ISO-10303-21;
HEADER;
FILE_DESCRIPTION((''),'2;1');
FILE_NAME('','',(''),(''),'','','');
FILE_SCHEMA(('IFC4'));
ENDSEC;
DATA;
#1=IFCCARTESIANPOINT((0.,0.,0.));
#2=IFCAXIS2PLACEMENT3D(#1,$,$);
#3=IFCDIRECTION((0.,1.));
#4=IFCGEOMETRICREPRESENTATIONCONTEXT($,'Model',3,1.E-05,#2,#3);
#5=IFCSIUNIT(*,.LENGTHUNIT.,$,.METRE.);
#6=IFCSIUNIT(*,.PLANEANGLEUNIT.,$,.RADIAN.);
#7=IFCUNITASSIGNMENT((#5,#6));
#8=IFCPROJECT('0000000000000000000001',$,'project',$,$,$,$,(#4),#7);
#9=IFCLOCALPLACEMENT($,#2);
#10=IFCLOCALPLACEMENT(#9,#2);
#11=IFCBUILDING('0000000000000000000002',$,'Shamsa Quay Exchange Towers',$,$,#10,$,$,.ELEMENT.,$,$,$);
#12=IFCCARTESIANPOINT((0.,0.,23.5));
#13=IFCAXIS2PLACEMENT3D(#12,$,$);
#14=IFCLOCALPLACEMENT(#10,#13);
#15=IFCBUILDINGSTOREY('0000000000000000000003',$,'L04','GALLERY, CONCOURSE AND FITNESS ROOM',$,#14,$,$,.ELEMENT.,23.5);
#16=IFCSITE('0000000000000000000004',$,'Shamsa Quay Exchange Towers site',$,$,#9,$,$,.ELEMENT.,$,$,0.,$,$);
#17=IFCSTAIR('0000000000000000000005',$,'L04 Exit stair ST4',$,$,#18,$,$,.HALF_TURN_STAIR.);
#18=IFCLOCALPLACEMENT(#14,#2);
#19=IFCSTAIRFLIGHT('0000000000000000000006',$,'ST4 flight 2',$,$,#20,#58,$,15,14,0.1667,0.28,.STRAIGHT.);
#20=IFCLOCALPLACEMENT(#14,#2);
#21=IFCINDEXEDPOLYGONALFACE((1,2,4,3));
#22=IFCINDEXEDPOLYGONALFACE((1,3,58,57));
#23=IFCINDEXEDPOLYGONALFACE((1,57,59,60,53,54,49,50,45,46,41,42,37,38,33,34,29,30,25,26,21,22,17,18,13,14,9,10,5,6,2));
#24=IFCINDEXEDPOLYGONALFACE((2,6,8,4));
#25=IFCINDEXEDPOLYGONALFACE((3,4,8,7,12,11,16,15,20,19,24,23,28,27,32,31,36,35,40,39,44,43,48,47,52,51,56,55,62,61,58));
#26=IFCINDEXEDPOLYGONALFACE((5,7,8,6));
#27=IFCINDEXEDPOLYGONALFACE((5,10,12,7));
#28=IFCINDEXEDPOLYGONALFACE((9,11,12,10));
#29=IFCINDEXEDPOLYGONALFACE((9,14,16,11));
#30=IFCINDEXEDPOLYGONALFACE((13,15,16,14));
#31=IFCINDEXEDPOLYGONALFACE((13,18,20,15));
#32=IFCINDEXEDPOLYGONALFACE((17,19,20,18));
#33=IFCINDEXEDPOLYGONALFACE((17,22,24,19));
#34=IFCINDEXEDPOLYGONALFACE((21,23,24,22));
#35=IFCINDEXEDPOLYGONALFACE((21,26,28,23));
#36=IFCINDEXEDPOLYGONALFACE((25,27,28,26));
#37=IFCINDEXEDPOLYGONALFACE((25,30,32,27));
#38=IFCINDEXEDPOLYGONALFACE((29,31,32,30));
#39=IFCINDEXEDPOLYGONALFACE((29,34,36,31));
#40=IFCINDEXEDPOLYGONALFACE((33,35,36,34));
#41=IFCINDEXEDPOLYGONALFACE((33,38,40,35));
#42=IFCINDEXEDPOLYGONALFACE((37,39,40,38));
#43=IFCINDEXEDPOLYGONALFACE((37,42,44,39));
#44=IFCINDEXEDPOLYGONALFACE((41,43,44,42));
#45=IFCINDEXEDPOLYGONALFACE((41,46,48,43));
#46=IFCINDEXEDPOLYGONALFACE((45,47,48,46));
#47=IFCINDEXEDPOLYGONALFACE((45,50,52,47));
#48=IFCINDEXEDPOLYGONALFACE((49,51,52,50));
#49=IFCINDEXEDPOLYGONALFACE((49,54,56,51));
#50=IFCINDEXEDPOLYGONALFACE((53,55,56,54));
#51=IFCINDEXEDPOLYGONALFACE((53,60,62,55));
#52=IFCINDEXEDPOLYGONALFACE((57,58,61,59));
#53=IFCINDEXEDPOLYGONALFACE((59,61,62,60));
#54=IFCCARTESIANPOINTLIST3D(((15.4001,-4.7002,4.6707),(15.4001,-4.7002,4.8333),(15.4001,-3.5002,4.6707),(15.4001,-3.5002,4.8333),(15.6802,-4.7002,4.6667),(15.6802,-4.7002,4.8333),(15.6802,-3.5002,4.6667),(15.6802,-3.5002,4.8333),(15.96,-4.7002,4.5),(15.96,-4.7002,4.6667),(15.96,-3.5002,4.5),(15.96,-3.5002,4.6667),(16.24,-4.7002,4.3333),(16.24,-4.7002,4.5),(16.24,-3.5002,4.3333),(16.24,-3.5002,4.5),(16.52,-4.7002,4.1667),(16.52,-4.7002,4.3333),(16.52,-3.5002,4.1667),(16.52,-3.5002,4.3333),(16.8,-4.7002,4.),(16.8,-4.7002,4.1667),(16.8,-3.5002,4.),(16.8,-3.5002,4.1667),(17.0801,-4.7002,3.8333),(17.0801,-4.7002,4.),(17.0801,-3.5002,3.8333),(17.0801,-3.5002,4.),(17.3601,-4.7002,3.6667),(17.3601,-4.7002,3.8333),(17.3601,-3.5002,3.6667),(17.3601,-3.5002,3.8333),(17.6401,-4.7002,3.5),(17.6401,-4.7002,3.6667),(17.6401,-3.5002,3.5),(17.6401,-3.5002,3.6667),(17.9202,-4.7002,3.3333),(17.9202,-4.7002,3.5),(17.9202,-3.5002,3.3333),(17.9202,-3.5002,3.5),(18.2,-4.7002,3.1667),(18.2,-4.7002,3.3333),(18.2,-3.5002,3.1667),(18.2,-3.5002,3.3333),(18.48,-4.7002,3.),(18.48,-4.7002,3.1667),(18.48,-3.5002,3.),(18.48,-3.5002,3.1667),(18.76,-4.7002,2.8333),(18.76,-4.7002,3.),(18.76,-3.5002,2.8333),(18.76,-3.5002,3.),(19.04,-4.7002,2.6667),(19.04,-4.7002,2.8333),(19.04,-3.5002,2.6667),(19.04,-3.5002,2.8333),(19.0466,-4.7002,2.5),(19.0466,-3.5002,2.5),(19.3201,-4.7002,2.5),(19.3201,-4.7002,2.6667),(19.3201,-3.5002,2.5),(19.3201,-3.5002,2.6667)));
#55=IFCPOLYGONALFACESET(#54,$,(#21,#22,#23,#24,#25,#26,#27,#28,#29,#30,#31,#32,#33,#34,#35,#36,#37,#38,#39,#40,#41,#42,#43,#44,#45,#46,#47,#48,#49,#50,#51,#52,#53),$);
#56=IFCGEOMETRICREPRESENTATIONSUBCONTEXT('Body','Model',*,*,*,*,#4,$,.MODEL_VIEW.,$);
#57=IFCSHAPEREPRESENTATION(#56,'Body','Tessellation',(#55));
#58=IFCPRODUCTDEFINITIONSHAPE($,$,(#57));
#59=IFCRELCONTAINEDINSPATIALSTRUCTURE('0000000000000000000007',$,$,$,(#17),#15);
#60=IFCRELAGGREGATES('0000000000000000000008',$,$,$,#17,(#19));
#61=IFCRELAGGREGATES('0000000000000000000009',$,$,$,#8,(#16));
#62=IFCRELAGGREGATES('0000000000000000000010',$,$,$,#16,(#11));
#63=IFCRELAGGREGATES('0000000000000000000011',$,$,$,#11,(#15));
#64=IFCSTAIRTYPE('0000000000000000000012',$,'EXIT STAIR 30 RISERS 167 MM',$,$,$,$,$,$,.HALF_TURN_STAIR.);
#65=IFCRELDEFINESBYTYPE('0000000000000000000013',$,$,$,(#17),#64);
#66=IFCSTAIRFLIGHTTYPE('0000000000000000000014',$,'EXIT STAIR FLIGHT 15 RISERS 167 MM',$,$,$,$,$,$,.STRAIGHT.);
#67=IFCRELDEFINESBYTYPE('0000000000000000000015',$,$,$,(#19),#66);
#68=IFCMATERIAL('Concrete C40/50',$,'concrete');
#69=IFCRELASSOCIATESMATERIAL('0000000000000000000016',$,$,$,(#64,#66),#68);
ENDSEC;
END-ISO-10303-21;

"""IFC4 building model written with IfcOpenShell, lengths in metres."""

from ifc_helpers import new_model, si_unit, direction, frame, origin, place, context, subcontext, project, spatial, polyline, outline, extrude, material, type_object, element, aggregate, save


model = new_model("IFC4")

# Units and contexts
model_context = context("Model", 3, precision=1e-05, world=origin(), true_north=direction((0.0, 1.0)))
body_context = subcontext(model_context, "Body", "Model", "MODEL_VIEW")
ifc_project = project(units=[si_unit("LENGTHUNIT", "METRE"), si_unit("PLANEANGLEUNIT", "RADIAN")], contexts=[model_context])

# Site, building, storey
site_placement = place(None, origin())
site = spatial("IfcSite", under=ifc_project, at=site_placement, Name="Shamsa Quay Exchange Towers site", CompositionType="ELEMENT", RefElevation=0.0)
building_placement = place(site_placement, origin())
building = spatial("IfcBuilding", under=site, at=building_placement, Name="Shamsa Quay Exchange Towers", CompositionType="ELEMENT")
storey_placement = place(building_placement, frame((0.0, 0.0, 23.5)))
storey = spatial("IfcBuildingStorey", under=building, at=storey_placement, Name="L04", Description="GALLERY, CONCOURSE AND FITNESS ROOM", CompositionType="ELEMENT", Elevation=23.5)

# Stair, stair flight
ifc_material_1 = material(Name="Concrete C40/50", Category="concrete")
stair_type = type_object("IfcStairType", Name="EXIT STAIR 30 RISERS 167 MM", PredefinedType="HALF_TURN_STAIR", material=ifc_material_1)
stair_placement = place(storey_placement, origin())
stair = element("IfcStair", 1, at=stair_placement, inside=storey, type_object=stair_type, Name="L04 Exit stair ST4", PredefinedType="HALF_TURN_STAIR")
stair_flight_type = type_object("IfcStairFlightType", Name="EXIT STAIR FLIGHT 15 RISERS 167 MM", PredefinedType="STRAIGHT", material=ifc_material_1)
stair_flight_placement = place(storey_placement, frame((19.3201, -4.1001, 2.5), z_axis=(0.0, 0.0, 1.0), x_axis=(-1.0, 0.0, 0.0)))
stair_flight = element("IfcStairFlight", 2, at=stair_flight_placement, type_object=stair_flight_type, Name="ST4 flight 2", NumberOfRisers=15, NumberOfTreads=14, PredefinedType="STRAIGHT", RiserHeight=0.1667, TreadLength=0.28, context=body_context, shape_type="SweptSolid", body=[
    extrude(outline(polyline([(0.0, 0.0), (0.0, 0.1667), (0.28, 0.1667), (0.28, 0.3333), (0.5601, 0.3333), (0.5601, 0.5), (0.8401, 0.5), (0.8401, 0.6667), (1.1201, 0.6667), (1.1201, 0.8333), (1.3999, 0.8333), (1.3999, 1.0), (1.6799, 1.0), (1.6799, 1.1667), (1.96, 1.1667), (1.96, 1.3333), (2.24, 1.3333), (2.24, 1.5), (2.52, 1.5), (2.52, 1.6667), (2.8, 1.6667), (2.8, 1.8333), (3.0801, 1.8333), (3.0801, 2.0), (3.3601, 2.0), (3.3601, 2.1667), (3.6399, 2.1667), (3.6399, 2.3333), (3.9199, 2.3333), (3.9199, 2.5), (3.9199, 2.1707), (0.2734, 0.0), (0.0, 0.0)])), frame((0.0, 0.6001, 0.0), z_axis=(0.0, -1.0, 0.0), x_axis=(1.0, 0.0, 0.0)), (0.0, 0.0, 1.0), 1.2),
])
aggregate(stair, [stair_flight])

save(model, "model.ifc")
